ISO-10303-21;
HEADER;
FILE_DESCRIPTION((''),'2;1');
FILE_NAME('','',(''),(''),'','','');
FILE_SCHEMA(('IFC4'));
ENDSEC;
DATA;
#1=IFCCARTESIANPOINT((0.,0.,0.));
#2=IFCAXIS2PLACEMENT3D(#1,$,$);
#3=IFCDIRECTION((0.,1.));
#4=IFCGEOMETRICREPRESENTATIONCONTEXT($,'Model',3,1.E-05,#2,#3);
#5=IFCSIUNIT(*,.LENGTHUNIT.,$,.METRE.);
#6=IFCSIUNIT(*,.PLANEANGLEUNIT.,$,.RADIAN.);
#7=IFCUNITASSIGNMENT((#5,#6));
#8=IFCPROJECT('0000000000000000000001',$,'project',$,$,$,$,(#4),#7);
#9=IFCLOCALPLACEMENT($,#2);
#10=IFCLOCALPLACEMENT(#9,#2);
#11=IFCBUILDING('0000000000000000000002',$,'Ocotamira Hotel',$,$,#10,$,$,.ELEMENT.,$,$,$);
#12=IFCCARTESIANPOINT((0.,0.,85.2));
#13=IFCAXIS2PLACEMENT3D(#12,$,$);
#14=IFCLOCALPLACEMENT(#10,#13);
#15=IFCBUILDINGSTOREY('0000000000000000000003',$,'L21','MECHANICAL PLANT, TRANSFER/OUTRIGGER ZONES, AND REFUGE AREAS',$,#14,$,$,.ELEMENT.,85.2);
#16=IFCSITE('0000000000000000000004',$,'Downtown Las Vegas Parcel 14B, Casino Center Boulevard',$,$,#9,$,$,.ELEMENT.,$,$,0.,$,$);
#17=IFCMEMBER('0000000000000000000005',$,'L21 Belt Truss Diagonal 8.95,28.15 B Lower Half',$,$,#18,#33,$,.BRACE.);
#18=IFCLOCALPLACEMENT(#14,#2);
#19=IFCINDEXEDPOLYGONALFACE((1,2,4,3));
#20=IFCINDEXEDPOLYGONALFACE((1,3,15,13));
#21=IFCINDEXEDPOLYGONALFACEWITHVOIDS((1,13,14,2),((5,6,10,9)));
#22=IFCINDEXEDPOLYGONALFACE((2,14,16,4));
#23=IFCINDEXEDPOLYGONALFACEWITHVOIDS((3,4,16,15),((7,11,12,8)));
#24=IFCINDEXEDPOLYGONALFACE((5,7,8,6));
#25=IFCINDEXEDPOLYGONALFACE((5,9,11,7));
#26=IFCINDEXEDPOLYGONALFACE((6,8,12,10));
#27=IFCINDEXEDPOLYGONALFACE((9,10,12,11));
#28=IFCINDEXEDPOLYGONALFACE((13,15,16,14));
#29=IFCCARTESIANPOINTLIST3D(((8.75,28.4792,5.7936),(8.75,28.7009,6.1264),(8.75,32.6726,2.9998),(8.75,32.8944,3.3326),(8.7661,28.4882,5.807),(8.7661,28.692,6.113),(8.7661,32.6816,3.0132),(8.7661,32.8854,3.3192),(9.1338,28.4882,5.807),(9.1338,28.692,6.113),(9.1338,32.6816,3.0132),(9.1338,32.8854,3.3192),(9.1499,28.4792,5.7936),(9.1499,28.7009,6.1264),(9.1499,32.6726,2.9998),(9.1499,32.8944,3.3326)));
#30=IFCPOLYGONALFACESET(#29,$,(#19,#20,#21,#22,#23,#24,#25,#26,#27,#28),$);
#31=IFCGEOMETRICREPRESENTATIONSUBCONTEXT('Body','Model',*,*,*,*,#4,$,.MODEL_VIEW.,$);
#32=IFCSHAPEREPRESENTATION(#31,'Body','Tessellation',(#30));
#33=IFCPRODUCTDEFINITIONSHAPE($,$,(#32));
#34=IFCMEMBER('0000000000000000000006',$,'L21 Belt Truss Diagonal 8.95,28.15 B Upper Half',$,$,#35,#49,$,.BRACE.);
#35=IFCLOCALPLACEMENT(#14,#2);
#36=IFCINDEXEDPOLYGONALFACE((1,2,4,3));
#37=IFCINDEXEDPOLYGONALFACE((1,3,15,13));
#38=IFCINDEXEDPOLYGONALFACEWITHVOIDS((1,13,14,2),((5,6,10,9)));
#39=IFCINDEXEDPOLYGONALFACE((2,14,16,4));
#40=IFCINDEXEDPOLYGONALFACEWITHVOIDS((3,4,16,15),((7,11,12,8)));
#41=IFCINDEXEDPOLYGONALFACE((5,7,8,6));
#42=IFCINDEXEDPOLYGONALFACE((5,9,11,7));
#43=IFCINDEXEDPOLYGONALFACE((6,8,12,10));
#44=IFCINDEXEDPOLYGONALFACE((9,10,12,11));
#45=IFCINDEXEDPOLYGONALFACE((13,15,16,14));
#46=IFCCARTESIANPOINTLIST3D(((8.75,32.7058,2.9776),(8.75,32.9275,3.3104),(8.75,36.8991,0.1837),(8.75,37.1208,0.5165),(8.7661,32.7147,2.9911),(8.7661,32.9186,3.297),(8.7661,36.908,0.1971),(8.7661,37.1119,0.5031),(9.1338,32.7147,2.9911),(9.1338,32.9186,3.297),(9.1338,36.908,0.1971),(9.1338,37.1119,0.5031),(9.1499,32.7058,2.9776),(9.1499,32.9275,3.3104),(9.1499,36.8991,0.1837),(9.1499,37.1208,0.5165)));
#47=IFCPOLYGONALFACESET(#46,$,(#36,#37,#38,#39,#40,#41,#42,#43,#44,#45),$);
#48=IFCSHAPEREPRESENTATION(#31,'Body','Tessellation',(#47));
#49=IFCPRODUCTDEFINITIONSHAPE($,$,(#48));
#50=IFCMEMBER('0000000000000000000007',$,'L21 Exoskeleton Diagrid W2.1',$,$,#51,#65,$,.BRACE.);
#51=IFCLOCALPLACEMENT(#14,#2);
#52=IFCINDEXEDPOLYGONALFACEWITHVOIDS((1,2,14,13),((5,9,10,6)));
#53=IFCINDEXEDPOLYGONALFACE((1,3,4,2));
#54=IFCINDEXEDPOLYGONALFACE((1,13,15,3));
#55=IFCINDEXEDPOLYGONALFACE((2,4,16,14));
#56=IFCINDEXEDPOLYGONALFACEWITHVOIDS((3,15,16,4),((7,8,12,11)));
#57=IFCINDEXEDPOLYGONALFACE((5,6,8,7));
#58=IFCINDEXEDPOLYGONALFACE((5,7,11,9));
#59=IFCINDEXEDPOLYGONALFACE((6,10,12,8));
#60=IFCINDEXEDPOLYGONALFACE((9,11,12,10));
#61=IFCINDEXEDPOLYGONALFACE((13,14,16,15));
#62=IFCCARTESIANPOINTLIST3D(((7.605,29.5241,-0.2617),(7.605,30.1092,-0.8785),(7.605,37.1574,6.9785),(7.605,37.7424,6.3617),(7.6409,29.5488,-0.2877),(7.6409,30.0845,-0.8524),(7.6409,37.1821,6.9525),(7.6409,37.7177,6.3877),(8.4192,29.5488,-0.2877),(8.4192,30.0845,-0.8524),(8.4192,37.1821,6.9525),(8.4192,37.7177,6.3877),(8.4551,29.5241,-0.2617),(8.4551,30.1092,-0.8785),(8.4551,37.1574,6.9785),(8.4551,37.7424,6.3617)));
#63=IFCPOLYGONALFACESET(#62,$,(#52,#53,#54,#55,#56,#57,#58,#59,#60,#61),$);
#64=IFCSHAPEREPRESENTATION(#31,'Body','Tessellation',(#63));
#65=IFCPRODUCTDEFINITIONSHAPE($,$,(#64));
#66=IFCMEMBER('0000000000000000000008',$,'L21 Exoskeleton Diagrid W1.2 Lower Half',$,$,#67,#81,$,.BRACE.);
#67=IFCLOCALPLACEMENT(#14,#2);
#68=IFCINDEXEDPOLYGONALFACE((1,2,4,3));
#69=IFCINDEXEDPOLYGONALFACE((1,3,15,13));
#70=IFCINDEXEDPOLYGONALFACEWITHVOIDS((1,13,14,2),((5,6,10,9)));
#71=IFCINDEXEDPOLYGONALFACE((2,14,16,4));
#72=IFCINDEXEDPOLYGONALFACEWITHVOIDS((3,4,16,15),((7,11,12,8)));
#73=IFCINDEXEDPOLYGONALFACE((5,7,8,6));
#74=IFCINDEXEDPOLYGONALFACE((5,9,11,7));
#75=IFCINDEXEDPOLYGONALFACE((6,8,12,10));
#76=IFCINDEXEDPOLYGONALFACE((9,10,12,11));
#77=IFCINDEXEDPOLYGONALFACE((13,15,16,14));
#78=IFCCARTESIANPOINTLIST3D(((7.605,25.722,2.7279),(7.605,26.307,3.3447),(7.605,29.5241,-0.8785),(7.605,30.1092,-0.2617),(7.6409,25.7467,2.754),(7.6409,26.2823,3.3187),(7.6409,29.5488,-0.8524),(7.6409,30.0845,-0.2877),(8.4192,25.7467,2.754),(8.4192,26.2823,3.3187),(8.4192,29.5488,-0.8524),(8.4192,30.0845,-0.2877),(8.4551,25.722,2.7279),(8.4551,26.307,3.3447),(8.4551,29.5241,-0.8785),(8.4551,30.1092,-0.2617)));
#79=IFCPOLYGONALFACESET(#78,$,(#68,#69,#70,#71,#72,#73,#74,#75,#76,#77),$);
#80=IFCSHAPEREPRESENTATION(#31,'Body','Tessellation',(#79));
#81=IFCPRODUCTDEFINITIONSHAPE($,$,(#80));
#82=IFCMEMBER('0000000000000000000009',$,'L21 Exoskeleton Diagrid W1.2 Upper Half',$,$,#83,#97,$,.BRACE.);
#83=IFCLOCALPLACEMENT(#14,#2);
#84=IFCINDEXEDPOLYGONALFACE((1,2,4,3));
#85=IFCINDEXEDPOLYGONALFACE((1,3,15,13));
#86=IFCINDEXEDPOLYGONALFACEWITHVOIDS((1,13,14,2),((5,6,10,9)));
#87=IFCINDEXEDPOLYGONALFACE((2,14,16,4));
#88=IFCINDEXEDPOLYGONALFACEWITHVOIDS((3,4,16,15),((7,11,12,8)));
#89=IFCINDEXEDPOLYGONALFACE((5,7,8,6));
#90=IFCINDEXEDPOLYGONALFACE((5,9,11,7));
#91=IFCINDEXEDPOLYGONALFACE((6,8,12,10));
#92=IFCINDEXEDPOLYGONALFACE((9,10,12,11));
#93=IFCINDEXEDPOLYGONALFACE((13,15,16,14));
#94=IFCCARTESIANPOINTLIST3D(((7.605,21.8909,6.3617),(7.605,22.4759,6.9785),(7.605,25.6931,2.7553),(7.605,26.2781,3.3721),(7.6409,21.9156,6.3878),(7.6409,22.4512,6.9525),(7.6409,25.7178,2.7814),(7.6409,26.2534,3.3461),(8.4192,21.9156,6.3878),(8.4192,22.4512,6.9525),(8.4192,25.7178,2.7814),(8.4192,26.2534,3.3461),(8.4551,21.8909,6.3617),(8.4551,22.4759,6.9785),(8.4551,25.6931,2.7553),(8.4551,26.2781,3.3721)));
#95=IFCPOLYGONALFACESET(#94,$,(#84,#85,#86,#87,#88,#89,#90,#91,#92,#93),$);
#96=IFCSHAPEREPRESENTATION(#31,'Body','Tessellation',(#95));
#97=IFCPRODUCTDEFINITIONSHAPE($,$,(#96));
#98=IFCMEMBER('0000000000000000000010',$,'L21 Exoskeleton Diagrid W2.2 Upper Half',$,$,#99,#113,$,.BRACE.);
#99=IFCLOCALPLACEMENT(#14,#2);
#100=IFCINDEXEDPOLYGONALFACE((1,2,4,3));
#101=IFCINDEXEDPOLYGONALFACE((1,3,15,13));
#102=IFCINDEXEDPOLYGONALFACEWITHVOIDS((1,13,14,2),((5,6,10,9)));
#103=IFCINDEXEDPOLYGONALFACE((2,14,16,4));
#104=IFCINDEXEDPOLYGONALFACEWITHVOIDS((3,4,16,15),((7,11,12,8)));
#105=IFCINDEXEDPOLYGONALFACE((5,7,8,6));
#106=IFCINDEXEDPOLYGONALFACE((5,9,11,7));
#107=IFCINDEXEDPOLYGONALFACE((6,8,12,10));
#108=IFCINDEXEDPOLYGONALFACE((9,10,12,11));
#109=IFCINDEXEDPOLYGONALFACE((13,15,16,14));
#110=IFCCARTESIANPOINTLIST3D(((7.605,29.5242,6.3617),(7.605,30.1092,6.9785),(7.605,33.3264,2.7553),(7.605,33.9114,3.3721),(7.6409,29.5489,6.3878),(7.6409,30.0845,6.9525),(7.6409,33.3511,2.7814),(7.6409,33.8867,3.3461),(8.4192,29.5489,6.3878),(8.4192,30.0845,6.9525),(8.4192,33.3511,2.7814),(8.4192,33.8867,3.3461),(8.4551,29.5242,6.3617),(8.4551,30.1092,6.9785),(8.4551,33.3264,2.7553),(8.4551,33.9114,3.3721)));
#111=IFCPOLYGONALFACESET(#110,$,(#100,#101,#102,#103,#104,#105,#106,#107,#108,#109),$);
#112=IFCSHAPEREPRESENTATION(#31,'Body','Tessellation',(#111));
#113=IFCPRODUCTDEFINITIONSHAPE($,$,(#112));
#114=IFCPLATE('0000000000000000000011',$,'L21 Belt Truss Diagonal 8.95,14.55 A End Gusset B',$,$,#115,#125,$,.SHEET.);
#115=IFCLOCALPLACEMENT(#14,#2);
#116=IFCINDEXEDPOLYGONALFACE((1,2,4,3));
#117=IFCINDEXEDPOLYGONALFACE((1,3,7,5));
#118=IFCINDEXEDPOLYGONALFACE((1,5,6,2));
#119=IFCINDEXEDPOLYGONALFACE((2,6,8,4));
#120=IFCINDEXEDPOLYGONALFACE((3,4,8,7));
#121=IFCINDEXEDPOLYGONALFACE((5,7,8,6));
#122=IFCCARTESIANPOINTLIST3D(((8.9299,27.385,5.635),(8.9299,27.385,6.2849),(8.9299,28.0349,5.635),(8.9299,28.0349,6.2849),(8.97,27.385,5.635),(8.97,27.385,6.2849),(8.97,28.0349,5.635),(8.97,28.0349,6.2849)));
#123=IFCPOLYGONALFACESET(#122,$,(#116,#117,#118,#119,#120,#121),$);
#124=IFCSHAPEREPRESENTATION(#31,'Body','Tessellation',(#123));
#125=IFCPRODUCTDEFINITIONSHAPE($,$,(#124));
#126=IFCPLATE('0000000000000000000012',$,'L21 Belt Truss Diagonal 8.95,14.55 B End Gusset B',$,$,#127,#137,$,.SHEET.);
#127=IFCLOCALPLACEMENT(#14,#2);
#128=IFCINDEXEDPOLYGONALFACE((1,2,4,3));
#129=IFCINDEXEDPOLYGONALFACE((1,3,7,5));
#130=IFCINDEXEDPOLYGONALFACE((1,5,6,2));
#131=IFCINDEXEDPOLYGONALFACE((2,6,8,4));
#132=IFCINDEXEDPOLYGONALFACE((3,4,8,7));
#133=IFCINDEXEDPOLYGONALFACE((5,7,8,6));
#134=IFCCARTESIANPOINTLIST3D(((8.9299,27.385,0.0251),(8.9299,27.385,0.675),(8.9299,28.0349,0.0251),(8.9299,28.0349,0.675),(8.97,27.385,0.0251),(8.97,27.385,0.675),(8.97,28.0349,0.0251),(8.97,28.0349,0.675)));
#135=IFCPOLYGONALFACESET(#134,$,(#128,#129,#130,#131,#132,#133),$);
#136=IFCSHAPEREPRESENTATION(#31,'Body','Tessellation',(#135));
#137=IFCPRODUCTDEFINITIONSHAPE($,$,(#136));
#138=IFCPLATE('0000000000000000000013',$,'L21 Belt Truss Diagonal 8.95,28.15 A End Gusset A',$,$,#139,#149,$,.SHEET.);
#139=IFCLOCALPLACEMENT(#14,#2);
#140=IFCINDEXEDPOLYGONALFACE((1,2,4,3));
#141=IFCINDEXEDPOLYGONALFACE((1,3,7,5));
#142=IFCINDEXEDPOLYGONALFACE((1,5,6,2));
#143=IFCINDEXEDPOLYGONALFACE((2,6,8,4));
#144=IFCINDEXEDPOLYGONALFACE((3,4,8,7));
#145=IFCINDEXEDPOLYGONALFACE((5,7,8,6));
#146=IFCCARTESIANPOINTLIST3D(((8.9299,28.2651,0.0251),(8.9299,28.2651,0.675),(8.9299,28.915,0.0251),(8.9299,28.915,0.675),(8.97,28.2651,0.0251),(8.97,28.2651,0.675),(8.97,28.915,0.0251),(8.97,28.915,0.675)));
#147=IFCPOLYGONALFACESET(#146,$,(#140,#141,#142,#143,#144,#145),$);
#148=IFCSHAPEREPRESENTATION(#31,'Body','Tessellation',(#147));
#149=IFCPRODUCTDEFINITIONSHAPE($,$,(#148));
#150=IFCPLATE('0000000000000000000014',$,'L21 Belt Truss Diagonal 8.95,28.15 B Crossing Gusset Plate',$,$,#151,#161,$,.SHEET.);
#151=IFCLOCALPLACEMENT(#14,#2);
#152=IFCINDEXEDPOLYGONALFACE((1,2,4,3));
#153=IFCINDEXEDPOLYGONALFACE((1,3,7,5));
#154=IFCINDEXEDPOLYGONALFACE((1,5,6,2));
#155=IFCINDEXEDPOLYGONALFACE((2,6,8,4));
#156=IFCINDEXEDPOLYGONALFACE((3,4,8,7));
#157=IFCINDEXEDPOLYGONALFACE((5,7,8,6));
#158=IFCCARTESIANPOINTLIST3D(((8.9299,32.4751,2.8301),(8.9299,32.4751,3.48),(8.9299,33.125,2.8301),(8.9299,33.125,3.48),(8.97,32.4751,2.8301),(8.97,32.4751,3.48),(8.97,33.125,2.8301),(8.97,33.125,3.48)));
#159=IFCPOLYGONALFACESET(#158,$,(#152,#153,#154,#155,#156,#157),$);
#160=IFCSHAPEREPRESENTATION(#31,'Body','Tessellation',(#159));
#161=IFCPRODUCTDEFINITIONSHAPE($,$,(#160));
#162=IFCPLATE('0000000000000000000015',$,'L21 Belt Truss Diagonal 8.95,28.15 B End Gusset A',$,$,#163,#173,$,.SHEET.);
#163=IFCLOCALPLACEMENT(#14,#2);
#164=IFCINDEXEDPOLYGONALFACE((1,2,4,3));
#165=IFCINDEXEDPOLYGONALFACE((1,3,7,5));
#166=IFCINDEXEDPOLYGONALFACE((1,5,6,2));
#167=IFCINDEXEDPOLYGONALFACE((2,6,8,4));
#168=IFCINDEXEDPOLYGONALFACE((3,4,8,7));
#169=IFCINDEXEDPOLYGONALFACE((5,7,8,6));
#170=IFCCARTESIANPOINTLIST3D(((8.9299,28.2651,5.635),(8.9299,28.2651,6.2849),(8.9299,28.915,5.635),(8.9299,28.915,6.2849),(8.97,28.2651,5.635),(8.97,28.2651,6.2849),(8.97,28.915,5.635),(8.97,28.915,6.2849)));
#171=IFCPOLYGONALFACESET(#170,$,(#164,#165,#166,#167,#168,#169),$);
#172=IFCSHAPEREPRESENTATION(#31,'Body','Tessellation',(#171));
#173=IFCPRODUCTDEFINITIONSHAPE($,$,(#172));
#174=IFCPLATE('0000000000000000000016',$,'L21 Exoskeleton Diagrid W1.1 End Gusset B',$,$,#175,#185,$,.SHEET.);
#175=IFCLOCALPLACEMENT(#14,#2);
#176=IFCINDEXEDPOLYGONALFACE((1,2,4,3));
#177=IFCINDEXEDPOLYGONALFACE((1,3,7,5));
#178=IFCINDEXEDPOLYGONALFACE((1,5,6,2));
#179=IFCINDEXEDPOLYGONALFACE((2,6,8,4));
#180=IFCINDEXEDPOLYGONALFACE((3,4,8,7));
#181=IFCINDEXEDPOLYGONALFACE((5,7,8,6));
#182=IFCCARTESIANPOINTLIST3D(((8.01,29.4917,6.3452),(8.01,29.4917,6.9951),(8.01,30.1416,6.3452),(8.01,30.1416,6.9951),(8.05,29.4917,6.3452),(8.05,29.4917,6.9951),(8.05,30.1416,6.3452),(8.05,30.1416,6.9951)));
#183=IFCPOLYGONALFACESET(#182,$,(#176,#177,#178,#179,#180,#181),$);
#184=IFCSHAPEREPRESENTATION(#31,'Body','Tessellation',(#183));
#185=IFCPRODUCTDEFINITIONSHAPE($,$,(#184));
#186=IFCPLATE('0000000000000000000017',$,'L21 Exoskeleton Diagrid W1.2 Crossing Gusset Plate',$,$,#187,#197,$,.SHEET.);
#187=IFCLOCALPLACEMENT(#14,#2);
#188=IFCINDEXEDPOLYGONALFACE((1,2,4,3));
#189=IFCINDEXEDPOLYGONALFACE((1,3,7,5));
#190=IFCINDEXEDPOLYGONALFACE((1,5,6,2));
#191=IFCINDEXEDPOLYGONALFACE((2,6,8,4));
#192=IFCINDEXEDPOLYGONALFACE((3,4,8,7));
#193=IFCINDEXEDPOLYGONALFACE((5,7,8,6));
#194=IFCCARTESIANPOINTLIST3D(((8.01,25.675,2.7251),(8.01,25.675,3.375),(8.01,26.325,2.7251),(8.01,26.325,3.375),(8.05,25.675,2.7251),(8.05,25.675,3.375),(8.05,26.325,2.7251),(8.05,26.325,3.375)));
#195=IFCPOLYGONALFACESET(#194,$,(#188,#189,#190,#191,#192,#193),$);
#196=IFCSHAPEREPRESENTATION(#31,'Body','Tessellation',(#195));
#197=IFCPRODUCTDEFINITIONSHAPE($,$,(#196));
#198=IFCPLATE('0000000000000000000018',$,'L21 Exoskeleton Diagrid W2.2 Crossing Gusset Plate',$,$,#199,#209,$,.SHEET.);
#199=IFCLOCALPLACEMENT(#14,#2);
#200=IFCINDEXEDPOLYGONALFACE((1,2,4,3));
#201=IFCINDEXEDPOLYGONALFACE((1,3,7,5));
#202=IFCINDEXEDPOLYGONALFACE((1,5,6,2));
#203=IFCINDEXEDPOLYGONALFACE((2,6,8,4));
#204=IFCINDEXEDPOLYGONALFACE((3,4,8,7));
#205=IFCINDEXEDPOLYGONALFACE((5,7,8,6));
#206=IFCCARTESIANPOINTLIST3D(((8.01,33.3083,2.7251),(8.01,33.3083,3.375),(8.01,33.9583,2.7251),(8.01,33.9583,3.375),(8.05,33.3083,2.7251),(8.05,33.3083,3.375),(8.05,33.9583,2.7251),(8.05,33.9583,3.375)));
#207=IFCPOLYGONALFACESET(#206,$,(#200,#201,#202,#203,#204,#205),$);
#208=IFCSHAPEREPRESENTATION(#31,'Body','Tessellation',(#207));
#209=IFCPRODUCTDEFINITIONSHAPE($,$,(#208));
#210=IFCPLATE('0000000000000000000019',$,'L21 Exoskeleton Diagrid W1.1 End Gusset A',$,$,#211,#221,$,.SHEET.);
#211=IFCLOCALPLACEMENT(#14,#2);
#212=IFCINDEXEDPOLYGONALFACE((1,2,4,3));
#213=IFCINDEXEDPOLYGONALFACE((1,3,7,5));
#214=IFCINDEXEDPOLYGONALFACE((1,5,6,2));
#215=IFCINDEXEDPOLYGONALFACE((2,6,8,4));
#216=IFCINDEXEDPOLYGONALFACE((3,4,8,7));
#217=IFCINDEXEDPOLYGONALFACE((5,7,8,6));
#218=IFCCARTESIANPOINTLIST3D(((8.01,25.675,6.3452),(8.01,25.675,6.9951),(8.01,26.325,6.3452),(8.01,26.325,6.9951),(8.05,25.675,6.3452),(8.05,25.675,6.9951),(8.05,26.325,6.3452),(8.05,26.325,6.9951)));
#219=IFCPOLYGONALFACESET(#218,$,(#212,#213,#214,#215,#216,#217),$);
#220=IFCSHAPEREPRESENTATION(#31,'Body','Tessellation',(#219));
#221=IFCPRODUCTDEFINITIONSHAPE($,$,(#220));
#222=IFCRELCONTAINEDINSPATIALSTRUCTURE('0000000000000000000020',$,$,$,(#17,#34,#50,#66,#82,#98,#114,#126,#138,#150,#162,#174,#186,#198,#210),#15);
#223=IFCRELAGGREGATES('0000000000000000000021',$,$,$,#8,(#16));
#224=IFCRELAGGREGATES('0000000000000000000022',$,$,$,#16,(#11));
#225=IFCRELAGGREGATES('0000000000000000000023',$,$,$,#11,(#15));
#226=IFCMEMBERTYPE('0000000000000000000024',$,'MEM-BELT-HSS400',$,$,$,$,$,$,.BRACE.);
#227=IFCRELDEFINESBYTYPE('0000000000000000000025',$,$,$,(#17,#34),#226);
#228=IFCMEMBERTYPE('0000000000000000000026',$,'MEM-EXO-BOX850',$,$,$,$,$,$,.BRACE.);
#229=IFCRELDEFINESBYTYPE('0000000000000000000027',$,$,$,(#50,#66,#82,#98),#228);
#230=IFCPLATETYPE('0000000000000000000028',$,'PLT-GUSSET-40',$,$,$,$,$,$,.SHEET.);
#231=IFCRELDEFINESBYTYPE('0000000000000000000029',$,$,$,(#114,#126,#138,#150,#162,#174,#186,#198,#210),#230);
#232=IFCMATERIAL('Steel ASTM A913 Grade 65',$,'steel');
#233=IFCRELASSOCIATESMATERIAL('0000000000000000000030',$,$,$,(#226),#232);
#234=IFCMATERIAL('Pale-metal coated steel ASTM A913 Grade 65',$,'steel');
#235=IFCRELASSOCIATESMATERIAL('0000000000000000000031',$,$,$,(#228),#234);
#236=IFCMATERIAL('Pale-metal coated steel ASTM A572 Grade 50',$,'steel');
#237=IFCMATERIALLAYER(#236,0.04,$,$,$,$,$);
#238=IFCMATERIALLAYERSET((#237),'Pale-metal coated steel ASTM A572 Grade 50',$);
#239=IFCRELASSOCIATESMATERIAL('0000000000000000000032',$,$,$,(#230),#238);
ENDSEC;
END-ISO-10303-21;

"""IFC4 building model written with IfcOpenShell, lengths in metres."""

from ifc_helpers import new_model, si_unit, direction, frame, origin, origin_2d, place, context, subcontext, project, spatial, rectangle, hollow_rectangle, extrude, source, transform, mapped, material, layer, layer_set, material_profile, profile_set, type_object, element, save


model = new_model("IFC4")

# Units and contexts
model_context = context("Model", 3, precision=1e-05, world=origin(), true_north=direction((0.0, 1.0)))
body_context = subcontext(model_context, "Body", "Model", "MODEL_VIEW")
ifc_project = project(units=[si_unit("LENGTHUNIT", "METRE"), si_unit("PLANEANGLEUNIT", "RADIAN")], contexts=[model_context])

# Site, building, storey
site_placement = place(None, origin())
site = spatial("IfcSite", under=ifc_project, at=site_placement, Name="Downtown Las Vegas Parcel 14B, Casino Center Boulevard", CompositionType="ELEMENT", RefElevation=0.0)
building_placement = place(site_placement, origin())
building = spatial("IfcBuilding", under=site, at=building_placement, Name="Ocotamira Hotel", CompositionType="ELEMENT")
storey_placement = place(building_placement, frame((0.0, 0.0, 85.2)))
storey = spatial("IfcBuildingStorey", under=building, at=storey_placement, Name="L21", Description="MECHANICAL PLANT, TRANSFER/OUTRIGGER ZONES, AND REFUGE AREAS", CompositionType="ELEMENT", Elevation=85.2)

# Shared definitions
ifc_material_1 = material(Name="Steel ASTM A913 Grade 65", Category="steel")

# Members
ifc_material_profile_1 = material_profile(ifc_material_1, hollow_rectangle(XDim=0.3999, YDim=0.3999, WallThickness=0.0161, at=origin_2d()), Name="HSS400X400X16")
ifc_profile_set_1 = profile_set([ifc_material_profile_1], Name="Steel ASTM A913 Grade 65")
member_type_1 = type_object("IfcMemberType", Name="MEM-BELT-HSS400", PredefinedType="BRACE", material=ifc_profile_set_1)
shared_shape_1 = source(origin(), body_context, "Body", "SweptSolid", [
    extrude(hollow_rectangle(XDim=0.3999, YDim=0.3999, WallThickness=0.0161, at=origin_2d()), origin(), (0.0, 0.0, 1.0), 5.0388),
])
for number, where, z_axis, x_axis, name in (
    (1, (8.95, 28.5901, 5.96), (0.0, 0.832222, -0.554443), (-1.0, 0.0, 0.0), "L21 Belt Truss Diagonal 8.95,28.15 B Lower Half"),
    (2, (8.95, 32.8167, 3.144), (0.0, 0.832199, -0.554477), (-1.0, 0.0, 0.0), "L21 Belt Truss Diagonal 8.95,28.15 B Upper Half"),
):
    element("IfcMember", number, at=place(storey_placement, frame(where, z_axis=z_axis, x_axis=x_axis)), inside=storey, type_object=member_type_1, Name=name, PredefinedType="BRACE", context=body_context, shape_type="MappedRepresentation", body=[
        mapped(shared_shape_1, transform((0.0, 0.0, 0.0), scale=1.0)),
    ])
ifc_material_2 = material(Name="Pale-metal coated steel ASTM A913 Grade 65", Category="steel")
ifc_material_profile_2 = material_profile(ifc_material_2, hollow_rectangle(XDim=0.8501, YDim=0.8501, WallThickness=0.0359, at=origin_2d()), Name="BOX850X850X36")
ifc_profile_set_2 = profile_set([ifc_material_profile_2], Name="Pale-metal coated steel ASTM A913 Grade 65")
member_type_2 = type_object("IfcMemberType", Name="MEM-EXO-BOX850", PredefinedType="BRACE", material=ifc_profile_set_2)
shared_shape_2 = source(origin(), body_context, "Body", "SweptSolid", [
    extrude(hollow_rectangle(XDim=0.8501, YDim=0.8501, WallThickness=0.0359, at=origin_2d()), origin(), (0.0, 0.0, 1.0), 10.5208),
])
member_1_placement = place(storey_placement, frame((8.03, 29.8167, -0.5701), z_axis=(0.0, 0.72554, 0.68818), x_axis=(-1.0, 0.0, 0.0)))
element("IfcMember", 3, at=member_1_placement, inside=storey, type_object=member_type_2, Name="L21 Exoskeleton Diagrid W2.1", PredefinedType="BRACE", context=body_context, shape_type="MappedRepresentation", body=[
    mapped(shared_shape_2, transform((0.0, 0.0, 0.0), scale=1.0)),
])
shared_shape_3 = source(origin(), body_context, "Body", "SweptSolid", [
    extrude(hollow_rectangle(XDim=0.8501, YDim=0.8501, WallThickness=0.0359, at=origin_2d()), origin(), (0.0, 0.0, 1.0), 5.2405),
])
for number, where, z_axis, x_axis, name in (
    (4, (8.03, 29.8167, -0.5701), (0.0, -0.725541, 0.688179), (1.0, 0.0, 0.0), "L21 Exoskeleton Diagrid W1.2 Lower Half"),
    (5, (8.03, 25.9856, 3.0637), (0.0, -0.725541, 0.688179), (1.0, 0.0, 0.0), "L21 Exoskeleton Diagrid W1.2 Upper Half"),
    (6, (8.03, 33.6189, 3.0637), (0.0, -0.725541, 0.688179), (1.0, 0.0, 0.0), "L21 Exoskeleton Diagrid W2.2 Upper Half"),
):
    element("IfcMember", number, at=place(storey_placement, frame(where, z_axis=z_axis, x_axis=x_axis)), inside=storey, type_object=member_type_2, Name=name, PredefinedType="BRACE", context=body_context, shape_type="MappedRepresentation", body=[
        mapped(shared_shape_3, transform((0.0, 0.0, 0.0), scale=1.0)),
    ])

# Plates
ifc_material_3 = material(Name="Pale-metal coated steel ASTM A572 Grade 50", Category="steel")
ifc_layer_1 = layer(ifc_material_3, 0.04)
ifc_layer_set_1 = layer_set([ifc_layer_1], Name="Pale-metal coated steel ASTM A572 Grade 50")
plate_type = type_object("IfcPlateType", Name="PLT-GUSSET-40", PredefinedType="SHEET", material=ifc_layer_set_1)
shared_shape_4 = source(origin(), body_context, "Body", "SweptSolid", [
    extrude(rectangle(XDim=0.04, YDim=0.6499, at=origin_2d()), origin(), (0.0, 0.0, 1.0), 0.6499),
])
for number, where, z_axis, x_axis, name in (
    (7, (8.95, 27.71, 5.635), (0.0, 0.0, 1.0), (1.0, 0.0, 0.0), "L21 Belt Truss Diagonal 8.95,14.55 A End Gusset B"),
    (8, (8.95, 27.71, 0.0251), (0.0, 0.0, 1.0), (1.0, 0.0, 0.0), "L21 Belt Truss Diagonal 8.95,14.55 B End Gusset B"),
    (9, (8.95, 28.5901, 0.0251), (0.0, 0.0, 1.0), (1.0, 0.0, 0.0), "L21 Belt Truss Diagonal 8.95,28.15 A End Gusset A"),
    (10, (8.95, 32.8, 2.8301), (0.0, 0.0, 1.0), (1.0, 0.0, 0.0), "L21 Belt Truss Diagonal 8.95,28.15 B Crossing Gusset Plate"),
    (11, (8.95, 28.5901, 5.635), (0.0, 0.0, 1.0), (1.0, 0.0, 0.0), "L21 Belt Truss Diagonal 8.95,28.15 B End Gusset A"),
    (12, (8.03, 29.8167, 6.3452), (0.0, 0.0, 1.0), (1.0, 0.0, 0.0), "L21 Exoskeleton Diagrid W1.1 End Gusset B"),
    (13, (8.03, 26.0, 2.7251), (0.0, 0.0, 1.0), (1.0, 0.0, 0.0), "L21 Exoskeleton Diagrid W1.2 Crossing Gusset Plate"),
    (14, (8.03, 33.6333, 2.7251), (0.0, 0.0, 1.0), (1.0, 0.0, 0.0), "L21 Exoskeleton Diagrid W2.2 Crossing Gusset Plate"),
    (15, (8.03, 26.0, 6.3452), (0.0, 0.0, 1.0), (1.0, 0.0, 0.0), "L21 Exoskeleton Diagrid W1.1 End Gusset A"),
):
    element("IfcPlate", number, at=place(storey_placement, frame(where, z_axis=z_axis, x_axis=x_axis)), inside=storey, type_object=plate_type, Name=name, PredefinedType="SHEET", context=body_context, shape_type="MappedRepresentation", body=[
        mapped(shared_shape_4, transform((0.0, 0.0, 0.0), scale=1.0)),
    ])

save(model, "model.ifc")
